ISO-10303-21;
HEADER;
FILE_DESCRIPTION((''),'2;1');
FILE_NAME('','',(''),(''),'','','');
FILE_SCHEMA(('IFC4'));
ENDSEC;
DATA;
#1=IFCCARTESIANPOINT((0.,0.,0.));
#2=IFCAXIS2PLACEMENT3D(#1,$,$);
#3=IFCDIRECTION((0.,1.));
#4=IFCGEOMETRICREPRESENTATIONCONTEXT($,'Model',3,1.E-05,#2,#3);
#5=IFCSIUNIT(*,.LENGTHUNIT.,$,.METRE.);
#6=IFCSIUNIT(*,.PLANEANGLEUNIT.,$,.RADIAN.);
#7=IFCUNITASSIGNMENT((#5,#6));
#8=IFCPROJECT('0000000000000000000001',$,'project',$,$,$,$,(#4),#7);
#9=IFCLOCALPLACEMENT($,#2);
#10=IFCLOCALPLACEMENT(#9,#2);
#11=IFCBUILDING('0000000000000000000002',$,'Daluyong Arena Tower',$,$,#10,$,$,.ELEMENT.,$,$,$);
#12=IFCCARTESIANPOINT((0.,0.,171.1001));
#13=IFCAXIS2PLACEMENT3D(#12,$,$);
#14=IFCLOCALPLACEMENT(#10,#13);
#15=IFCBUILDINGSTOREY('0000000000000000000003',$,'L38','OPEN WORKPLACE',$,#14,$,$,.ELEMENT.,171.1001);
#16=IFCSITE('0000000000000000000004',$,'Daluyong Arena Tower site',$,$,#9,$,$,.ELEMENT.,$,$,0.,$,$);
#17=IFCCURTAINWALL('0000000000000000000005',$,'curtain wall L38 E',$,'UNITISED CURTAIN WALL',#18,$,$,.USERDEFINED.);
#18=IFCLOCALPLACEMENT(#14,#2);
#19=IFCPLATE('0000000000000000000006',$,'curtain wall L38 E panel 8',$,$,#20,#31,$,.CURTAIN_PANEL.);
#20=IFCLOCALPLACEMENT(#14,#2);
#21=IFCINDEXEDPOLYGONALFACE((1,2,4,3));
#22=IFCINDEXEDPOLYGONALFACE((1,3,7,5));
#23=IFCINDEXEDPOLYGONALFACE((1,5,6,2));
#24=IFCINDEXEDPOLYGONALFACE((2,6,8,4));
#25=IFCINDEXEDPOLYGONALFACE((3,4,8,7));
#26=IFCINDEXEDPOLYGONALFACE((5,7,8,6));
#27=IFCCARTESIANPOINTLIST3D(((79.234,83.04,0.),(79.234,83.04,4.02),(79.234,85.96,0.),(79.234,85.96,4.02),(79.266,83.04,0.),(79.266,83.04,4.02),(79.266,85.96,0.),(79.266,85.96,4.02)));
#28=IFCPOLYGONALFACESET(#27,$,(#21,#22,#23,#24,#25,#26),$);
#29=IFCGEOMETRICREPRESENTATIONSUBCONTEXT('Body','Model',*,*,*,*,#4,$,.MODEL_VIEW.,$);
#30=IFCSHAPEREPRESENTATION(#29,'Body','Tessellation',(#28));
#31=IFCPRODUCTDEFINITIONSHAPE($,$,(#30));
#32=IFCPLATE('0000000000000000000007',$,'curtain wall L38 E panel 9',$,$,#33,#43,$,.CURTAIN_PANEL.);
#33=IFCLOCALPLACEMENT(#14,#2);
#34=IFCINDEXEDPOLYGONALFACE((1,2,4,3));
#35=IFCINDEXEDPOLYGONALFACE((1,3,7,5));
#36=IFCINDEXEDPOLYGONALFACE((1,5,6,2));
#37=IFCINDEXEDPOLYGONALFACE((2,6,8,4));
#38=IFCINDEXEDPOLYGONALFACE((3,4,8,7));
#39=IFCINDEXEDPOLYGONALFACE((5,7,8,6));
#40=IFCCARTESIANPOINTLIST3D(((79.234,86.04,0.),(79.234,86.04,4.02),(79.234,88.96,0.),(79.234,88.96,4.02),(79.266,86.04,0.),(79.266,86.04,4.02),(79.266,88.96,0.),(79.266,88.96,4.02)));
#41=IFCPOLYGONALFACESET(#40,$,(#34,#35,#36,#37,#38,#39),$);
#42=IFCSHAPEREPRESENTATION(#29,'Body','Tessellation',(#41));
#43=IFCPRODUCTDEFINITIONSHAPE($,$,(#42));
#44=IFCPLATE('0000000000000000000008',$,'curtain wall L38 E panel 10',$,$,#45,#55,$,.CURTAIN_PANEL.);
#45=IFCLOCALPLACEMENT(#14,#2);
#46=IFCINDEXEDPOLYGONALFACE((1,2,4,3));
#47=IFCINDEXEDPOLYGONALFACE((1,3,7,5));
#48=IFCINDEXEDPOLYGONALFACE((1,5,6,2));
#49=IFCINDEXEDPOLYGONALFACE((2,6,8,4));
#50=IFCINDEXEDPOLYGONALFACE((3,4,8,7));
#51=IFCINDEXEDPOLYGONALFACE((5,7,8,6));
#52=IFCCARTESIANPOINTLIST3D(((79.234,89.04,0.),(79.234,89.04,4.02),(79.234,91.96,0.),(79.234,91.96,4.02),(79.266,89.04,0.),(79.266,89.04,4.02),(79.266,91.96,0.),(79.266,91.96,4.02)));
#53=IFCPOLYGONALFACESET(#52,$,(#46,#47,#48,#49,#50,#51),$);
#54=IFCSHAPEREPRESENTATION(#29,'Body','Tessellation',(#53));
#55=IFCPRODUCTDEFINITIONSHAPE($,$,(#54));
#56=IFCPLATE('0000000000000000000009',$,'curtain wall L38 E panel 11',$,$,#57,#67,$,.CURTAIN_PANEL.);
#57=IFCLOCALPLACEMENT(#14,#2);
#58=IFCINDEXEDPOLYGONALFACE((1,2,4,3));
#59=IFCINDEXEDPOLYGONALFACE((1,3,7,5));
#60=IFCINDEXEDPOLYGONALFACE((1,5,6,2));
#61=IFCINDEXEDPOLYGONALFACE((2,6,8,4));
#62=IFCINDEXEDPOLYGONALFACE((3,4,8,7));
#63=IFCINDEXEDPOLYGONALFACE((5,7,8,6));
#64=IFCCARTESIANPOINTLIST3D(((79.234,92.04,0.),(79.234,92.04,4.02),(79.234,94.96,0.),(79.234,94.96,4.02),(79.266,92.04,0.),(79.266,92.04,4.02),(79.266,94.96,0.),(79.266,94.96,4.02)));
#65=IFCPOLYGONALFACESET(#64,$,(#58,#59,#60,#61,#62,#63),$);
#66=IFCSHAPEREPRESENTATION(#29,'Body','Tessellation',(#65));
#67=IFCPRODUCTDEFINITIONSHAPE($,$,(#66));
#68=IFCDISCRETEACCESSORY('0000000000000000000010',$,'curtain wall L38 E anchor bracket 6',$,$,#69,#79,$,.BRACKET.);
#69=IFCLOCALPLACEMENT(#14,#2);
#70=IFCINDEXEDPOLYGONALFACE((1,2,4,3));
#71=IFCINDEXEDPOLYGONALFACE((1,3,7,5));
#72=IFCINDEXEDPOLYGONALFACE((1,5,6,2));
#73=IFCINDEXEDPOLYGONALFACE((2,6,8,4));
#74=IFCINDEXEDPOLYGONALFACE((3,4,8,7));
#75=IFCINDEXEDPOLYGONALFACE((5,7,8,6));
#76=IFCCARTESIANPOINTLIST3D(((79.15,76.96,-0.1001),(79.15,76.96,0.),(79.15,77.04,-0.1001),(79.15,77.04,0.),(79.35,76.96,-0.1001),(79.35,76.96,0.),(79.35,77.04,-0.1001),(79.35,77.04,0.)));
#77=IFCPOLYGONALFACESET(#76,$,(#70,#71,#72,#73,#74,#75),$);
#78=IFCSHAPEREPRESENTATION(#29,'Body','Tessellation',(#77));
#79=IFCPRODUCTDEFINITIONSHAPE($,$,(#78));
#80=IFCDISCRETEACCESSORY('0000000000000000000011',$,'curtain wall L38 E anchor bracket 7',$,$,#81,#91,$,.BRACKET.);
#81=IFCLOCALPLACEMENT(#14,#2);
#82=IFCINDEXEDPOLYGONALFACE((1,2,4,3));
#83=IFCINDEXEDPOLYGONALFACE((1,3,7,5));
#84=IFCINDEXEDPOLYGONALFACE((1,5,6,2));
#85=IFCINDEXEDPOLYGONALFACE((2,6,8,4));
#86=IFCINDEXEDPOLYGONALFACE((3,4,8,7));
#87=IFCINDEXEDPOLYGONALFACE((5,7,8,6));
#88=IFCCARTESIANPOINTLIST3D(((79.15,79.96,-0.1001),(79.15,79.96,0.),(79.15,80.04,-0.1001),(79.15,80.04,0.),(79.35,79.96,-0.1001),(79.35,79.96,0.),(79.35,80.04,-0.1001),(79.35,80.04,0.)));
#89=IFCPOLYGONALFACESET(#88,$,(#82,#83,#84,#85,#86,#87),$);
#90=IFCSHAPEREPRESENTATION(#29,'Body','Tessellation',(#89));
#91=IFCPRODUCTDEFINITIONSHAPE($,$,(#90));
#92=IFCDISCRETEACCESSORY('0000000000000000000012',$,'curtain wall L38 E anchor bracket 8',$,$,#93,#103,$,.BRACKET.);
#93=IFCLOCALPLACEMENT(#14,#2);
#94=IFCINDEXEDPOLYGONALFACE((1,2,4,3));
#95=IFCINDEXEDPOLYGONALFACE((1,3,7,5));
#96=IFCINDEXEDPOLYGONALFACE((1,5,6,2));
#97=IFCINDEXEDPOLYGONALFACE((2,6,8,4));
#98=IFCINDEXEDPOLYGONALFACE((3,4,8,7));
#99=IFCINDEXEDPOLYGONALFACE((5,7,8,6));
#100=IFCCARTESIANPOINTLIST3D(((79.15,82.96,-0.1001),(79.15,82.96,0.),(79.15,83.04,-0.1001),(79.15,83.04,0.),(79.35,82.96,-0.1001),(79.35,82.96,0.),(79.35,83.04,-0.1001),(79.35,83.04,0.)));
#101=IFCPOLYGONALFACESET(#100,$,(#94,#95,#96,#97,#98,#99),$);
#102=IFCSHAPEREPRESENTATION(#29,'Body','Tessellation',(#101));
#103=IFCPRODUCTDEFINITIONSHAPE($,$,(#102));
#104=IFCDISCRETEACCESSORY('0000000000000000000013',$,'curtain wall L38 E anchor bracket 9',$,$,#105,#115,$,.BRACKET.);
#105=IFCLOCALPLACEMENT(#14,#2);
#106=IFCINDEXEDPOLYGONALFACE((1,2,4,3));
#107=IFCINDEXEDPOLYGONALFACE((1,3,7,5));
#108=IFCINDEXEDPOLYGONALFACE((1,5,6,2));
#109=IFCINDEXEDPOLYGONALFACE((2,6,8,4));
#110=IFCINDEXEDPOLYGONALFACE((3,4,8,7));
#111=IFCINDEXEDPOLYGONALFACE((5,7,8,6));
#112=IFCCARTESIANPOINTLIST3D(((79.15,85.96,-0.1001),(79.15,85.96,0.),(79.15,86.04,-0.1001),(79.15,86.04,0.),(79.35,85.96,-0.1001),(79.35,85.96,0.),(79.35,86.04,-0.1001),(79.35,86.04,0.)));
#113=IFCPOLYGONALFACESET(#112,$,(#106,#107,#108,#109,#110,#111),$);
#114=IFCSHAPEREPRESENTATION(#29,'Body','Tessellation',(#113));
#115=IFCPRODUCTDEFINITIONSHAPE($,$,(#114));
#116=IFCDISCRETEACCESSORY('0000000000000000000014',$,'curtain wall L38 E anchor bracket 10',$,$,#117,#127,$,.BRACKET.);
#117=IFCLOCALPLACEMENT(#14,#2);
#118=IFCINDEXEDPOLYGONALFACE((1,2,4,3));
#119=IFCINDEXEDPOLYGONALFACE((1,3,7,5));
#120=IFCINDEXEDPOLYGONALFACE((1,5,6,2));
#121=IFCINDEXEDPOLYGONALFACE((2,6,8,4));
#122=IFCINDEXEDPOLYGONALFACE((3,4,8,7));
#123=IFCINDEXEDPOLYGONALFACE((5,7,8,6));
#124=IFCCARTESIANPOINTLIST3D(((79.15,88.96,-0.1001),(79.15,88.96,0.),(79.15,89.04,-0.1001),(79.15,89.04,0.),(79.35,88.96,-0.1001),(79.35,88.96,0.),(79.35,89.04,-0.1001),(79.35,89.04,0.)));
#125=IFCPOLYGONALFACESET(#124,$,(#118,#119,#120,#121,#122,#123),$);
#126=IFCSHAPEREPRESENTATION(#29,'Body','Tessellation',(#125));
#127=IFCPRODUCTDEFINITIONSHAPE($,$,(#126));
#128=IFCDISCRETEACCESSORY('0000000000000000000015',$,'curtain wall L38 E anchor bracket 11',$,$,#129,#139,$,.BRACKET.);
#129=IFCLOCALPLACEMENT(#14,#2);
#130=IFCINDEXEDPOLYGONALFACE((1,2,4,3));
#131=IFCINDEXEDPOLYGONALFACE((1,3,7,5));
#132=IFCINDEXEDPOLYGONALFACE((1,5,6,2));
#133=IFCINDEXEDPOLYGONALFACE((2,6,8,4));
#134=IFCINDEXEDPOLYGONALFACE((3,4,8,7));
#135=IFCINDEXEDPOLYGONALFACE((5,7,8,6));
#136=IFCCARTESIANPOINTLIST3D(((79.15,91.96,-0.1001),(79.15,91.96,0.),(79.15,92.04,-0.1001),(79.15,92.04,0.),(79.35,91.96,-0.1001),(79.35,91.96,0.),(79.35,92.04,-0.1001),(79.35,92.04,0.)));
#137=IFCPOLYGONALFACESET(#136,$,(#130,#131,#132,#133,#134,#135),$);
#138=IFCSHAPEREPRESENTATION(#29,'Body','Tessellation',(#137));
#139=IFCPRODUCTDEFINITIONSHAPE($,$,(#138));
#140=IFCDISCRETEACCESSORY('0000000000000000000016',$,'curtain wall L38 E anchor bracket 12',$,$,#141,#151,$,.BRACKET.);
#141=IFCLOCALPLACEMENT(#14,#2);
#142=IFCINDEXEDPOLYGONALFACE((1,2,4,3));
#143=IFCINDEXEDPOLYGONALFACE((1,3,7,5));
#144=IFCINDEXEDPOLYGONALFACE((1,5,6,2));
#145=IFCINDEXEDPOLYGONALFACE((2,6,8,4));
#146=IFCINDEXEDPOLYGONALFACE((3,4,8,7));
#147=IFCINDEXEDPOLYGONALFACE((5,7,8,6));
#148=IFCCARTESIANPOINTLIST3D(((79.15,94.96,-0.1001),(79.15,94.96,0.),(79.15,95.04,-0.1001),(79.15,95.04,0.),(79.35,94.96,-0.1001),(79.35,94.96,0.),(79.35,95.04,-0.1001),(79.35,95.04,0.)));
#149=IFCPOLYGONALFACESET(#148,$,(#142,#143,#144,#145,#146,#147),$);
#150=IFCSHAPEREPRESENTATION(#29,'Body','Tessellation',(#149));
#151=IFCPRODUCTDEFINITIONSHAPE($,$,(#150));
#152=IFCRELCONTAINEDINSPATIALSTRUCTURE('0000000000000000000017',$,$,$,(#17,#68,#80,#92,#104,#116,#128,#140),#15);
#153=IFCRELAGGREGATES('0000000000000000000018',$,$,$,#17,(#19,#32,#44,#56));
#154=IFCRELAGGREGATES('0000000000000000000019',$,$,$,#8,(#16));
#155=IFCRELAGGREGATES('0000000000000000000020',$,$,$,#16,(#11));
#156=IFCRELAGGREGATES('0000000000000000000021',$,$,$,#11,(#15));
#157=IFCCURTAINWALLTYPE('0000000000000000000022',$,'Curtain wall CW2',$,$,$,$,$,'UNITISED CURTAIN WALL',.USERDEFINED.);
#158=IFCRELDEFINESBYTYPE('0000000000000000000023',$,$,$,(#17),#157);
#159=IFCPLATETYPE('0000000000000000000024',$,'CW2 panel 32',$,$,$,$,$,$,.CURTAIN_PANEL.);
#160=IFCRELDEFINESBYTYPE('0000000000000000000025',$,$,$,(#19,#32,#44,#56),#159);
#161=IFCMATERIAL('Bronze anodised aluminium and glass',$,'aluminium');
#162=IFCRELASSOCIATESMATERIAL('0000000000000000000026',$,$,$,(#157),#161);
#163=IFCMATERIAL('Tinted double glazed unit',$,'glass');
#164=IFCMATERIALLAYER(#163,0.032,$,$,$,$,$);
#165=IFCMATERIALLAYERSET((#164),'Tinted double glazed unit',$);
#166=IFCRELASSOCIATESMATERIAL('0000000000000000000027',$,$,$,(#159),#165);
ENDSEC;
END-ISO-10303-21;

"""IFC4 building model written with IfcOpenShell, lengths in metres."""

from ifc_helpers import new_model, si_unit, direction, frame, origin, origin_2d, place, context, subcontext, project, spatial, rectangle, extrude, material, layer, layer_set, type_object, element, aggregate, save


model = new_model("IFC4")

# Units and contexts
model_context = context("Model", 3, precision=1e-05, world=origin(), true_north=direction((0.0, 1.0)))
body_context = subcontext(model_context, "Body", "Model", "MODEL_VIEW")
ifc_project = project(units=[si_unit("LENGTHUNIT", "METRE"), si_unit("PLANEANGLEUNIT", "RADIAN")], contexts=[model_context])

# Site, building, storey
site_placement = place(None, origin())
site = spatial("IfcSite", under=ifc_project, at=site_placement, Name="Daluyong Arena Tower site", CompositionType="ELEMENT", RefElevation=0.0)
building_placement = place(site_placement, origin())
building = spatial("IfcBuilding", under=site, at=building_placement, Name="Daluyong Arena Tower", CompositionType="ELEMENT")
storey_placement = place(building_placement, frame((0.0, 0.0, 171.1001)))
storey = spatial("IfcBuildingStorey", under=building, at=storey_placement, Name="L38", Description="OPEN WORKPLACE", CompositionType="ELEMENT", Elevation=171.1001)

# Curtain wall
ifc_material_1 = material(Name="Bronze anodised aluminium and glass", Category="aluminium")
curtain_wall_type = type_object("IfcCurtainWallType", Name="Curtain wall CW2", ElementType="UNITISED CURTAIN WALL", PredefinedType="USERDEFINED", material=ifc_material_1)
curtain_wall_placement = place(storey_placement, origin())
curtain_wall = element("IfcCurtainWall", 1, at=curtain_wall_placement, inside=storey, type_object=curtain_wall_type, Name="curtain wall L38 E", ObjectType="UNITISED CURTAIN WALL", PredefinedType="USERDEFINED")

# Plates
ifc_material_2 = material(Name="Tinted double glazed unit", Category="glass")
ifc_layer = layer(ifc_material_2, 0.032)
ifc_layer_set = layer_set([ifc_layer], Name="Tinted double glazed unit")
plate_type = type_object("IfcPlateType", Name="CW2 panel 32", PredefinedType="CURTAIN_PANEL", material=ifc_layer_set)
plate_1_placement = place(storey_placement, frame((79.25, 84.5, 0.0), z_axis=(0.0, 0.0, 1.0), x_axis=(0.0, 1.0, 0.0)))
plate_1 = element("IfcPlate", 2, at=plate_1_placement, type_object=plate_type, Name="curtain wall L38 E panel 8", PredefinedType="CURTAIN_PANEL", context=body_context, shape_type="SweptSolid", body=[
    extrude(rectangle(XDim=2.9199, YDim=0.032, at=origin_2d()), origin(), (0.0, 0.0, 1.0), 4.02),
])
plate_2_placement = place(storey_placement, frame((79.25, 87.5, 0.0), z_axis=(0.0, 0.0, 1.0), x_axis=(0.0, 1.0, 0.0)))
plate_2 = element("IfcPlate", 3, at=plate_2_placement, type_object=plate_type, Name="curtain wall L38 E panel 9", PredefinedType="CURTAIN_PANEL", context=body_context, shape_type="SweptSolid", body=[
    extrude(rectangle(XDim=2.9199, YDim=0.032, at=origin_2d()), origin(), (0.0, 0.0, 1.0), 4.02),
])
plate_3_placement = place(storey_placement, frame((79.25, 90.5, 0.0), z_axis=(0.0, 0.0, 1.0), x_axis=(0.0, 1.0, 0.0)))
plate_3 = element("IfcPlate", 4, at=plate_3_placement, type_object=plate_type, Name="curtain wall L38 E panel 10", PredefinedType="CURTAIN_PANEL", context=body_context, shape_type="SweptSolid", body=[
    extrude(rectangle(XDim=2.9199, YDim=0.032, at=origin_2d()), origin(), (0.0, 0.0, 1.0), 4.02),
])
plate_4_placement = place(storey_placement, frame((79.25, 93.5, 0.0), z_axis=(0.0, 0.0, 1.0), x_axis=(0.0, 1.0, 0.0)))
plate_4 = element("IfcPlate", 5, at=plate_4_placement, type_object=plate_type, Name="curtain wall L38 E panel 11", PredefinedType="CURTAIN_PANEL", context=body_context, shape_type="SweptSolid", body=[
    extrude(rectangle(XDim=2.9199, YDim=0.032, at=origin_2d()), origin(), (0.0, 0.0, 1.0), 4.02),
])
aggregate(curtain_wall, [plate_1, plate_2, plate_3, plate_4])

# Discrete accessories
for number, where, z_axis, x_axis, name in (
    (6, (79.25, 77.0, -0.1001), (0.0, 0.0, 1.0), (0.0, 1.0, 0.0), "curtain wall L38 E anchor bracket 6"),
    (7, (79.25, 80.0, -0.1001), (0.0, 0.0, 1.0), (0.0, 1.0, 0.0), "curtain wall L38 E anchor bracket 7"),
    (8, (79.25, 83.0, -0.1001), (0.0, 0.0, 1.0), (0.0, 1.0, 0.0), "curtain wall L38 E anchor bracket 8"),
    (9, (79.25, 86.0, -0.1001), (0.0, 0.0, 1.0), (0.0, 1.0, 0.0), "curtain wall L38 E anchor bracket 9"),
    (10, (79.25, 89.0, -0.1001), (0.0, 0.0, 1.0), (0.0, 1.0, 0.0), "curtain wall L38 E anchor bracket 10"),
    (11, (79.25, 92.0, -0.1001), (0.0, 0.0, 1.0), (0.0, 1.0, 0.0), "curtain wall L38 E anchor bracket 11"),
    (12, (79.25, 95.0, -0.1001), (0.0, 0.0, 1.0), (0.0, 1.0, 0.0), "curtain wall L38 E anchor bracket 12"),
):
    element("IfcDiscreteAccessory", number, at=place(storey_placement, frame(where, z_axis=z_axis, x_axis=x_axis)), inside=storey, Name=name, PredefinedType="BRACKET", context=body_context, shape_type="SweptSolid", body=[
        extrude(rectangle(XDim=0.0801, YDim=0.2, at=origin_2d()), origin(), (0.0, 0.0, 1.0), 0.1001),
    ])

save(model, "model.ifc")
